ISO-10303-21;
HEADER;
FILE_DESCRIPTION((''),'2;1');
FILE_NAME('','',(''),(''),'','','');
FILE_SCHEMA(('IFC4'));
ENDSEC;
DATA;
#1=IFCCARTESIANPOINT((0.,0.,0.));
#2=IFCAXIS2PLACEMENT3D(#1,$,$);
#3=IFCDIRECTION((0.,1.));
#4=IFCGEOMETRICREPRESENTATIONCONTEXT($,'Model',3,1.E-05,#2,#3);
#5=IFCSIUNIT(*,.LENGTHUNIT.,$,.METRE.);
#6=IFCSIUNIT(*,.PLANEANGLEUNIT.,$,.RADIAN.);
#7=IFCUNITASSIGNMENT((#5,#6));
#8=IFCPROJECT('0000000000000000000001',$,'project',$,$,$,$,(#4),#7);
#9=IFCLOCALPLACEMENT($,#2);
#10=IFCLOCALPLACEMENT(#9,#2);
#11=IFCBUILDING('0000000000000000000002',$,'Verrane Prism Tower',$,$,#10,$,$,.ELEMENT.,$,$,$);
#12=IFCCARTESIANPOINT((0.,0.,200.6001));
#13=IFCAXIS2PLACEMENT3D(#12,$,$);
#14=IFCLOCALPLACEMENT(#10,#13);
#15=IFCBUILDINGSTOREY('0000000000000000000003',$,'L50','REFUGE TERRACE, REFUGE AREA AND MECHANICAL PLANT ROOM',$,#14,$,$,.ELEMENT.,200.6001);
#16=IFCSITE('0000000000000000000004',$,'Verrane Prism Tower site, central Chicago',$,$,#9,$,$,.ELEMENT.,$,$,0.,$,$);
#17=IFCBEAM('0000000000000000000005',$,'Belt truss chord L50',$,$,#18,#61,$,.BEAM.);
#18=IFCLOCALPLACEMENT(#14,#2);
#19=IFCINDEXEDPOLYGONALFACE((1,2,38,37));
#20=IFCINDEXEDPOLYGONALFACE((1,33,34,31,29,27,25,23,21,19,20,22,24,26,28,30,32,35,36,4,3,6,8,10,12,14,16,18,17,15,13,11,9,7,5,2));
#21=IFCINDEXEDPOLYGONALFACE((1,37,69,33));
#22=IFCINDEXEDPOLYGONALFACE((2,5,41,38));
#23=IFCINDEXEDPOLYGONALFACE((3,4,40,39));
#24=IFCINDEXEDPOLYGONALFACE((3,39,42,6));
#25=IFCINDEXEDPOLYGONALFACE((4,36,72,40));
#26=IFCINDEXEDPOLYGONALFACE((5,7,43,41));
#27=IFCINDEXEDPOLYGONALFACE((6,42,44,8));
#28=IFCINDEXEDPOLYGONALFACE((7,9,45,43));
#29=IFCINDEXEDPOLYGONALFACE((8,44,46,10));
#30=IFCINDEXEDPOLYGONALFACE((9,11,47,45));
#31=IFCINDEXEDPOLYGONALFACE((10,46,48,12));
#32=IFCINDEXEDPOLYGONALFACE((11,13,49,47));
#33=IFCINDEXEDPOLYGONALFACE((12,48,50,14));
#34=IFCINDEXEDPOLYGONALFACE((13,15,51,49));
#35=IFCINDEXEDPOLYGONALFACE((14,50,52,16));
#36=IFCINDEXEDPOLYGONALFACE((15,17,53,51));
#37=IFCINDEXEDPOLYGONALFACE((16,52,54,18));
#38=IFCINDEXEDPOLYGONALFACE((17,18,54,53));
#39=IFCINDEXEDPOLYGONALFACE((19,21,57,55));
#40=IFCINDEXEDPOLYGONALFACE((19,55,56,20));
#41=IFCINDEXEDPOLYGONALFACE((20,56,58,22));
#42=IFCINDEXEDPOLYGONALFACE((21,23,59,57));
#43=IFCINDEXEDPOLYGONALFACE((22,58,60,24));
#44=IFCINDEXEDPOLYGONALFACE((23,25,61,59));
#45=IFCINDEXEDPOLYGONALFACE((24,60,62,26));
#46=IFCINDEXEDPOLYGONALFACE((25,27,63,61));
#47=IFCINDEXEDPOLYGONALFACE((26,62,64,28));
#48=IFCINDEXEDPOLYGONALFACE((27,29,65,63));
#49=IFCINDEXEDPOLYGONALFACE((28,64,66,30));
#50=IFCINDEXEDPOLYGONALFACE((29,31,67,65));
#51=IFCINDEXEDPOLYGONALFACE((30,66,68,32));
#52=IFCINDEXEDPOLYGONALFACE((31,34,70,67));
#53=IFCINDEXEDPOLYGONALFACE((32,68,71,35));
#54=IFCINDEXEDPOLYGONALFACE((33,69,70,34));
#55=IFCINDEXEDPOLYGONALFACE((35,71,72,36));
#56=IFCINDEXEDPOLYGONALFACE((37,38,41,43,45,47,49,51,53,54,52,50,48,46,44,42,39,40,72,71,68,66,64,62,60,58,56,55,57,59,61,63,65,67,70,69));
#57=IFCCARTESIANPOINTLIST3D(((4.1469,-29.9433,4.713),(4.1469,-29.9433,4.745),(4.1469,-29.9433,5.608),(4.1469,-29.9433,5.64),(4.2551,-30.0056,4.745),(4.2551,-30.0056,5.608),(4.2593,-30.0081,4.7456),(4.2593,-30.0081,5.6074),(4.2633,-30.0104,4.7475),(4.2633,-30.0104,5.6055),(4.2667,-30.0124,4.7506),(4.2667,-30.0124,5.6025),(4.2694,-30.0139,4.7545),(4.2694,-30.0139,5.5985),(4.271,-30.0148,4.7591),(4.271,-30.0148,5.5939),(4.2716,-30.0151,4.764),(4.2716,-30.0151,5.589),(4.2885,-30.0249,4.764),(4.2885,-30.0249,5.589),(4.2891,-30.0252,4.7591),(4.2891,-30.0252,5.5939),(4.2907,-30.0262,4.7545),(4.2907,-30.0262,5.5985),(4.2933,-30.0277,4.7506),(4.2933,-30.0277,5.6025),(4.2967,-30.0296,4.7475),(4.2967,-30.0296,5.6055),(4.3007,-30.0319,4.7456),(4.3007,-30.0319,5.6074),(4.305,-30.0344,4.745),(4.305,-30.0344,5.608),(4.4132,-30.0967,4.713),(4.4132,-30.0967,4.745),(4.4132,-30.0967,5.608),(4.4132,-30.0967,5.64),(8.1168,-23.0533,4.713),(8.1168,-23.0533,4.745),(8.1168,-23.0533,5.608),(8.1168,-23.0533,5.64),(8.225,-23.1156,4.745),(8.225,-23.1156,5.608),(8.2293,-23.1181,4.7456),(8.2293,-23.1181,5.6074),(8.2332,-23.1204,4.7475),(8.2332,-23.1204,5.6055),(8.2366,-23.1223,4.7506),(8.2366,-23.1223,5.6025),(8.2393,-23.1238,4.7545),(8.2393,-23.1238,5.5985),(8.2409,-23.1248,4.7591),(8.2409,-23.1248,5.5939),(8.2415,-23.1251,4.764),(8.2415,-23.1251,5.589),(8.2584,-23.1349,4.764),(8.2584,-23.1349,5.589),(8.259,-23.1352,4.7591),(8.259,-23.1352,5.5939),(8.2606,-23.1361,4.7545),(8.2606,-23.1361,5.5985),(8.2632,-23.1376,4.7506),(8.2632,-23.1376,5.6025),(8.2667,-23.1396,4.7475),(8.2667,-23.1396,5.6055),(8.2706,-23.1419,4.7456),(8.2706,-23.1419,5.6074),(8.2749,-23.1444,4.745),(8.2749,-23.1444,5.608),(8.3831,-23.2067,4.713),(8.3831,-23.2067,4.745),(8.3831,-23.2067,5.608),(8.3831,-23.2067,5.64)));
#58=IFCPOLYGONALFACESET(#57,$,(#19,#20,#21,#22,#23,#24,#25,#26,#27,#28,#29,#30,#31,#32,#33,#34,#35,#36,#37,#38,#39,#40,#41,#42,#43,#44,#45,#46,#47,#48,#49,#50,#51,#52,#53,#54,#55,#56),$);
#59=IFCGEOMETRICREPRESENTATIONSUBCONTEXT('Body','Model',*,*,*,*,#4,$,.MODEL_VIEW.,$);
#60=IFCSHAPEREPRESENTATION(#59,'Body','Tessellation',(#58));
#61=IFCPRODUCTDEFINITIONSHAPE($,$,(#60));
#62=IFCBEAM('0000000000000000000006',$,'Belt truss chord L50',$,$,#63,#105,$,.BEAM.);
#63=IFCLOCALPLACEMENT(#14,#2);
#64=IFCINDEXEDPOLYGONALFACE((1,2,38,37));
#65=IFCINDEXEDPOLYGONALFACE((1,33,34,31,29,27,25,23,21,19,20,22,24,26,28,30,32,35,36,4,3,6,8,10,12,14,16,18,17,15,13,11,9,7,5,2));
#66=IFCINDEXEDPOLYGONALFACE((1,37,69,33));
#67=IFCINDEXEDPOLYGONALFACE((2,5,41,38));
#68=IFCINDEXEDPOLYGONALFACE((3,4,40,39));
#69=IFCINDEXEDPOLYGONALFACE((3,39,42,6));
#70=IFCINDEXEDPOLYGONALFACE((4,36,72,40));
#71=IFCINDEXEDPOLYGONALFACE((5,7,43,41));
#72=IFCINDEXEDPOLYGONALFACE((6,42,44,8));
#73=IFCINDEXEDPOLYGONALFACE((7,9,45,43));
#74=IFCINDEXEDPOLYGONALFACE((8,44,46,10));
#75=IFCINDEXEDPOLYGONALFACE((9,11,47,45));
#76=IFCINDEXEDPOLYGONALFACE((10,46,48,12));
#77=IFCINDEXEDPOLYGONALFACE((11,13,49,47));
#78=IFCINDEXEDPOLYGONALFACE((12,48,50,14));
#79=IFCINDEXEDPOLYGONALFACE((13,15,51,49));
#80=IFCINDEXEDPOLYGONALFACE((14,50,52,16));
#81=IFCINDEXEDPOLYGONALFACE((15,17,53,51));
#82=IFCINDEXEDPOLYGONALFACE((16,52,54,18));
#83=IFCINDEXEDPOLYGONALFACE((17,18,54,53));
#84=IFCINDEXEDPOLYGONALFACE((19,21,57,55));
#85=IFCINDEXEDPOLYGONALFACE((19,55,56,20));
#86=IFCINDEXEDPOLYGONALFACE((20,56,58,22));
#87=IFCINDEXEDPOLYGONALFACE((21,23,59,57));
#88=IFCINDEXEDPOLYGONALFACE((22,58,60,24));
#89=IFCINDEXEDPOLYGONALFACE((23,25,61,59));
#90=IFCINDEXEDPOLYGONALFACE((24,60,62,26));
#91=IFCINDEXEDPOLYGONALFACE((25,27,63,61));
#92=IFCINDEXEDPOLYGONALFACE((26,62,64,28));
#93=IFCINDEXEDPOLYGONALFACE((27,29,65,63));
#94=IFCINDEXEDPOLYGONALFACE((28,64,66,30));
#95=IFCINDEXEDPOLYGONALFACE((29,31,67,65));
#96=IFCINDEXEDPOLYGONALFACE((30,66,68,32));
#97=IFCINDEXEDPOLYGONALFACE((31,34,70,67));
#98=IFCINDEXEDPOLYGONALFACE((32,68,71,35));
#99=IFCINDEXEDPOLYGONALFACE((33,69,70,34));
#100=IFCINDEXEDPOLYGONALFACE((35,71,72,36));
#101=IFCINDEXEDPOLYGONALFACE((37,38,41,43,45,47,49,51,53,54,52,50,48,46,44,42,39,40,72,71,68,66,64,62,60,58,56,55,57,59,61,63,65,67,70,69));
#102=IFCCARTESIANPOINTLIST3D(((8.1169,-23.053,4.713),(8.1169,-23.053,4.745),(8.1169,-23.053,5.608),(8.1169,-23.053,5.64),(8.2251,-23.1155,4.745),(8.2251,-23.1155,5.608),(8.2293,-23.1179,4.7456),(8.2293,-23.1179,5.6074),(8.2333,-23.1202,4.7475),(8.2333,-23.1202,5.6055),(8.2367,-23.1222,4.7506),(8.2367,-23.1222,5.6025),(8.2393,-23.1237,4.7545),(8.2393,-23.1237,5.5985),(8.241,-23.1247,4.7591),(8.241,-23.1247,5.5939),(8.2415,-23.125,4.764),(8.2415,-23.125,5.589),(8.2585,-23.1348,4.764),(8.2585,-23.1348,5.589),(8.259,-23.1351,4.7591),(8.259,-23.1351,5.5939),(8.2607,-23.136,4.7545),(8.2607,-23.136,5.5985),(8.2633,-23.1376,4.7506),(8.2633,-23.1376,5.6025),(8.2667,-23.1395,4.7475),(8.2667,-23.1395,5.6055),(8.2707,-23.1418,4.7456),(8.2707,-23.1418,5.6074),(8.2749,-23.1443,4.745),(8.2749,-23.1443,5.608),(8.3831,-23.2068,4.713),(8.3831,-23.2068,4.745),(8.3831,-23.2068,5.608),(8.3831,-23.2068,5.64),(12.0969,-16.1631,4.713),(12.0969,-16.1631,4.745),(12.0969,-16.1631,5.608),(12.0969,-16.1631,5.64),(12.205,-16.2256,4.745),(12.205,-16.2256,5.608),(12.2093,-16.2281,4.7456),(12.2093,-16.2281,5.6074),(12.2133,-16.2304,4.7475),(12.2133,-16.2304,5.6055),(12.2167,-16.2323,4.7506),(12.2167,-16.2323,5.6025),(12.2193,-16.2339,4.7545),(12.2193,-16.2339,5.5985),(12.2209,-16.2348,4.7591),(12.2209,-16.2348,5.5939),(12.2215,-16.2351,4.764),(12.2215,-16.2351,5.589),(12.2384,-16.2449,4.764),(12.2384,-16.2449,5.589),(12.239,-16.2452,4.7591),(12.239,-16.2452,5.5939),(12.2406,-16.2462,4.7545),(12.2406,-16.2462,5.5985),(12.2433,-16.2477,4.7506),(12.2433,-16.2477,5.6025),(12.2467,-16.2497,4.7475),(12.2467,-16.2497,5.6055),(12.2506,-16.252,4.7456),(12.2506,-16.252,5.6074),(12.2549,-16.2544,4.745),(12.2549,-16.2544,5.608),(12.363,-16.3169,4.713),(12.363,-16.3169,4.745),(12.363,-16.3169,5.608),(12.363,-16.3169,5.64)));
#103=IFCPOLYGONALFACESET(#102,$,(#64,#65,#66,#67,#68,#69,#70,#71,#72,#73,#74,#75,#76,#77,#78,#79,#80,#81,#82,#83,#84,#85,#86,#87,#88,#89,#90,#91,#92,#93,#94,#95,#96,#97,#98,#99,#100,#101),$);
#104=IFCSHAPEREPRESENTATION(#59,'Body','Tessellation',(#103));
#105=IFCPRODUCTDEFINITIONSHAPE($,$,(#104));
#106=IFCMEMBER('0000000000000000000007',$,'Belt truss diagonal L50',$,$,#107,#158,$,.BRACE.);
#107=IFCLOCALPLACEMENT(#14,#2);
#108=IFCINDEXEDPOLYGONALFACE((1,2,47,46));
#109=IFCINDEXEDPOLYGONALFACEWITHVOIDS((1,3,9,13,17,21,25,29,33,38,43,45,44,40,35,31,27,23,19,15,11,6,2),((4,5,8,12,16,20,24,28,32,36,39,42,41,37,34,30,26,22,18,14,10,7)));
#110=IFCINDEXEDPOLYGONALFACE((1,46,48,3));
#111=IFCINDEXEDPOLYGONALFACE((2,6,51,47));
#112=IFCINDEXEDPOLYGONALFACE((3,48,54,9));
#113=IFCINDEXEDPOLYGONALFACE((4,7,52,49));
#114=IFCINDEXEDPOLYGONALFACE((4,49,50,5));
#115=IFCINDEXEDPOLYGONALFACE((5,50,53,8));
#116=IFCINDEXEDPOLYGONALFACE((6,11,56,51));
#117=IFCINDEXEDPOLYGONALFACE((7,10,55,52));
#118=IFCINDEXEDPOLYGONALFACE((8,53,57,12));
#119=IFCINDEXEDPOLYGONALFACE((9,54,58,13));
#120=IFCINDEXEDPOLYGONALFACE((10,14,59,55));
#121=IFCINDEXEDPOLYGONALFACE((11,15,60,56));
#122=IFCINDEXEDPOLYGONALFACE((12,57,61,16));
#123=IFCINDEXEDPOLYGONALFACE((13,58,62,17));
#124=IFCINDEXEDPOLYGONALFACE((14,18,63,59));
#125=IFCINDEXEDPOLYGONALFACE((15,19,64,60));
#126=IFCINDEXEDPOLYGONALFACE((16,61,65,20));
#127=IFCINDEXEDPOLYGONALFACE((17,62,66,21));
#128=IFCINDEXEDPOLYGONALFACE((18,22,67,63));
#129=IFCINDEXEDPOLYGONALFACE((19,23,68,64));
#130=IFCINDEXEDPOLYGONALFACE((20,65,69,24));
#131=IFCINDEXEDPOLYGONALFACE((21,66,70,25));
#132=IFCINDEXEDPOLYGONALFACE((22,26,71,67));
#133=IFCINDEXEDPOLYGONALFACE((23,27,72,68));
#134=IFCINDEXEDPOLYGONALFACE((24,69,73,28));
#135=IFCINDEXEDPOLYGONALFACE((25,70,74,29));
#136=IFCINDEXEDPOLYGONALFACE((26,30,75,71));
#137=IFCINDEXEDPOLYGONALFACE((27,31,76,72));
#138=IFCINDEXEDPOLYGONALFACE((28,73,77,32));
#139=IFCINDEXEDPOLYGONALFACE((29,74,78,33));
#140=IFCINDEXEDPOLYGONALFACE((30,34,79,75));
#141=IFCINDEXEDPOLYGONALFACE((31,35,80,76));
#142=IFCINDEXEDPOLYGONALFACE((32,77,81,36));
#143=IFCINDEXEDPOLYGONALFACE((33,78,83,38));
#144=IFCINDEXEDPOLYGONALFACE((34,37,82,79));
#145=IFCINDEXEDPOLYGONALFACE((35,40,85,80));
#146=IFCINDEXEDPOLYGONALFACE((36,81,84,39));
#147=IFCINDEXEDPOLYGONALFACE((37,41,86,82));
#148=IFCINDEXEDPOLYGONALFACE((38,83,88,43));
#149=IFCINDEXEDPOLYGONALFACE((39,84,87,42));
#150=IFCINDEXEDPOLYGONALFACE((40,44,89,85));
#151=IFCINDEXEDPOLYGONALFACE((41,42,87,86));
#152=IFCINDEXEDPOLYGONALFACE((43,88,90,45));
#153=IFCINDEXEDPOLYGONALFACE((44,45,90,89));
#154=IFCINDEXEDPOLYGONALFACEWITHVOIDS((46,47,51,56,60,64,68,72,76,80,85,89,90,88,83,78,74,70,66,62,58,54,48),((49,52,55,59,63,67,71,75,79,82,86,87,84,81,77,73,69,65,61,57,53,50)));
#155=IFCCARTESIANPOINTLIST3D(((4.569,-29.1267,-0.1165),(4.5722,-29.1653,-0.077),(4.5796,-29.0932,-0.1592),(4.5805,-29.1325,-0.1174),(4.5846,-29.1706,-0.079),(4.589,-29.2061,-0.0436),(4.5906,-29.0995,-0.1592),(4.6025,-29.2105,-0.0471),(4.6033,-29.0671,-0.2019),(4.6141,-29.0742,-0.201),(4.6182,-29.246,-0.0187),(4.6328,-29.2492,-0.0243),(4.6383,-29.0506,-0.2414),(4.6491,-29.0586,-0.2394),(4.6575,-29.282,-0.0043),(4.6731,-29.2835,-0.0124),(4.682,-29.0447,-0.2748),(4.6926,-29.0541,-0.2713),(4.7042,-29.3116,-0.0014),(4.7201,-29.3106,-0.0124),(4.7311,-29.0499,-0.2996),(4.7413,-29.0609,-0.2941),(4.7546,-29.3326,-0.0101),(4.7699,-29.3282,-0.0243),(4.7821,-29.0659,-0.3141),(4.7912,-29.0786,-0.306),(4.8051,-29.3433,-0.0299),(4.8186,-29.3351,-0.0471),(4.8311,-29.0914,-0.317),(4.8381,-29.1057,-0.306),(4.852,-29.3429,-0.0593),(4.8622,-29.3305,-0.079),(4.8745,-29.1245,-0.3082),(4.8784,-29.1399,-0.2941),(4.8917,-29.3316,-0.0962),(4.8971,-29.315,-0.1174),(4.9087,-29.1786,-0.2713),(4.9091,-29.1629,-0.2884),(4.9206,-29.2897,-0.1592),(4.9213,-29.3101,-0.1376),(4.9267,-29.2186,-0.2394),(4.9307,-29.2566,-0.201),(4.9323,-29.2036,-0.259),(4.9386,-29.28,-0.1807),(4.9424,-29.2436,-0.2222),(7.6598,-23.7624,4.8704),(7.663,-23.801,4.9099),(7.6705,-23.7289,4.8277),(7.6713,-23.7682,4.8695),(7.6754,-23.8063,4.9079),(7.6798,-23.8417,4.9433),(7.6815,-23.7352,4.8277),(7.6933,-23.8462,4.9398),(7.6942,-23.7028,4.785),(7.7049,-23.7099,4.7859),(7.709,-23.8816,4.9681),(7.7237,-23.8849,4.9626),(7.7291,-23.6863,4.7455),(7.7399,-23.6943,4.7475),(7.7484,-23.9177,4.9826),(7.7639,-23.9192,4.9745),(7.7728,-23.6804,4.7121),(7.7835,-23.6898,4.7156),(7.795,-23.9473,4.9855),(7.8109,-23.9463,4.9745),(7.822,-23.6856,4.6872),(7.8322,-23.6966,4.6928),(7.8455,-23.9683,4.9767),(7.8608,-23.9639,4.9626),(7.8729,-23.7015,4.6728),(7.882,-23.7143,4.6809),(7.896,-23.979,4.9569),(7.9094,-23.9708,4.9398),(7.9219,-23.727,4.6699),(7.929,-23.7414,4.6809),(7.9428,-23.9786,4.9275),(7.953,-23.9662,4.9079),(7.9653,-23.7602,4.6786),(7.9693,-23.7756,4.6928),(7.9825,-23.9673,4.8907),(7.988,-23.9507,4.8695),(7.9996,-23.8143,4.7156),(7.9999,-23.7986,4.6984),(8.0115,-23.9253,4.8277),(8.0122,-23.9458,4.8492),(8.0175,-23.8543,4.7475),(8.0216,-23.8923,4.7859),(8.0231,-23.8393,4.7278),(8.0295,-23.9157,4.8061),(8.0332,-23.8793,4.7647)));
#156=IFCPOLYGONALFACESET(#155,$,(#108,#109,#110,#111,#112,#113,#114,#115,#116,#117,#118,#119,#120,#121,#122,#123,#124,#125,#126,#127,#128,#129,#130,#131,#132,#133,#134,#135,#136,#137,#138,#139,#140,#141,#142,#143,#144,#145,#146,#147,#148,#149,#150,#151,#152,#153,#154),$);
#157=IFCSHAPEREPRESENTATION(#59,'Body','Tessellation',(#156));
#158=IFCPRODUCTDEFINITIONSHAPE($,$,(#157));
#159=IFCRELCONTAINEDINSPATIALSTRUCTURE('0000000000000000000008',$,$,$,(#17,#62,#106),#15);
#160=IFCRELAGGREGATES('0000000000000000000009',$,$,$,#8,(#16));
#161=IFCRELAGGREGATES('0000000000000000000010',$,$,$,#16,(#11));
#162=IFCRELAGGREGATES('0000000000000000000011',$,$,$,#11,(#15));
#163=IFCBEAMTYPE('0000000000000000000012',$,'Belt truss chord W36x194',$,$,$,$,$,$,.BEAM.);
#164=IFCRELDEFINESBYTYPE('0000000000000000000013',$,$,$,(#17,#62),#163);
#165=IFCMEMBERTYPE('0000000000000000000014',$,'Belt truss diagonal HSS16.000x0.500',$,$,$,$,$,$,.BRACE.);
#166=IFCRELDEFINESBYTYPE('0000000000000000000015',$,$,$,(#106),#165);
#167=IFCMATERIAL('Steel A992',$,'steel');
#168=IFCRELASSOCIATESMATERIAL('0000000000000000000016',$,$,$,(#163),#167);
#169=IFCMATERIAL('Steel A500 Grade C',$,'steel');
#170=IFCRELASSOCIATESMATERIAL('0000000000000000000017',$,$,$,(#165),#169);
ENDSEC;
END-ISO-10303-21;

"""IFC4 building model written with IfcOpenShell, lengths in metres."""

from ifc_helpers import new_model, si_unit, direction, frame, origin, origin_2d, place, context, subcontext, project, spatial, hollow_circle, i_section, extrude, material, material_profile, profile_set, type_object, element, save


model = new_model("IFC4")

# Units and contexts
model_context = context("Model", 3, precision=1e-05, world=origin(), true_north=direction((0.0, 1.0)))
body_context = subcontext(model_context, "Body", "Model", "MODEL_VIEW")
ifc_project = project(units=[si_unit("LENGTHUNIT", "METRE"), si_unit("PLANEANGLEUNIT", "RADIAN")], contexts=[model_context])

# Site, building, storey
site_placement = place(None, origin())
site = spatial("IfcSite", under=ifc_project, at=site_placement, Name="Verrane Prism Tower site, central Chicago", CompositionType="ELEMENT", RefElevation=0.0)
building_placement = place(site_placement, origin())
building = spatial("IfcBuilding", under=site, at=building_placement, Name="Verrane Prism Tower", CompositionType="ELEMENT")
storey_placement = place(building_placement, frame((0.0, 0.0, 200.6001)))
storey = spatial("IfcBuildingStorey", under=building, at=storey_placement, Name="L50", Description="REFUGE TERRACE, REFUGE AREA AND MECHANICAL PLANT ROOM", CompositionType="ELEMENT", Elevation=200.6001)

# Beams
ifc_material_1 = material(Name="Steel A992", Category="steel")
ifc_material_profile_1 = material_profile(ifc_material_1, i_section(OverallWidth=0.3074, OverallDepth=0.927, WebThickness=0.0195, FlangeThickness=0.032, FilletRadius=0.019, at=origin_2d()), Name="W36x194")
ifc_profile_set_1 = profile_set([ifc_material_profile_1], Name="Steel A992")
beam_type_1 = type_object("IfcBeamType", Name="Belt truss chord W36x194", PredefinedType="BEAM", material=ifc_profile_set_1)
beam_1_placement = place(storey_placement, frame((4.28, -30.02, 5.1765), z_axis=(0.49924, 0.866464, 0.0), x_axis=(-0.866464, 0.49924, 0.0)))
element("IfcBeam", 1, at=beam_1_placement, inside=storey, type_object=beam_type_1, Name="Belt truss chord L50", PredefinedType="BEAM", context=body_context, shape_type="SweptSolid", body=[
    extrude(i_section(OverallWidth=0.3074, OverallDepth=0.927, WebThickness=0.0195, FlangeThickness=0.032, FilletRadius=0.019, at=origin_2d()), origin(), (0.0, 0.0, 1.0), 7.9519),
])
beam_2_placement = place(storey_placement, frame((8.25, -23.1299, 5.1765), z_axis=(0.500198, 0.865911, 0.0), x_axis=(-0.865911, 0.500198, 0.0)))
element("IfcBeam", 2, at=beam_2_placement, inside=storey, type_object=beam_type_1, Name="Belt truss chord L50", PredefinedType="BEAM", context=body_context, shape_type="SweptSolid", body=[
    extrude(i_section(OverallWidth=0.3074, OverallDepth=0.927, WebThickness=0.0195, FlangeThickness=0.032, FilletRadius=0.019, at=origin_2d()), origin(), (0.0, 0.0, 1.0), 7.9568),
])

# Member
ifc_material_2 = material(Name="Steel A500 Grade C", Category="steel")
ifc_material_profile_2 = material_profile(ifc_material_2, hollow_circle(Radius=0.2031, WallThickness=0.0127, at=origin_2d()), Name="HSS16.000x0.500")
ifc_profile_set_2 = profile_set([ifc_material_profile_2], Name="Steel A500 Grade C")
member_type_1 = type_object("IfcMemberType", Name="Belt truss diagonal HSS16.000x0.500", PredefinedType="BRACE", material=ifc_profile_set_2)
member_1_placement = place(storey_placement, frame((4.7556, -29.1946, -0.1592), z_axis=(0.3888, 0.67478, 0.627301), x_axis=(-0.866461, 0.499244, 0.0)))
element("IfcMember", 3, at=member_1_placement, inside=storey, type_object=member_type_1, Name="Belt truss diagonal L50", PredefinedType="BRACE", context=body_context, shape_type="SweptSolid", body=[
    extrude(hollow_circle(Radius=0.2031, WallThickness=0.0127, at=origin_2d()), origin(), (0.0, 0.0, 1.0), 7.9497),
])

save(model, "model.ifc")
